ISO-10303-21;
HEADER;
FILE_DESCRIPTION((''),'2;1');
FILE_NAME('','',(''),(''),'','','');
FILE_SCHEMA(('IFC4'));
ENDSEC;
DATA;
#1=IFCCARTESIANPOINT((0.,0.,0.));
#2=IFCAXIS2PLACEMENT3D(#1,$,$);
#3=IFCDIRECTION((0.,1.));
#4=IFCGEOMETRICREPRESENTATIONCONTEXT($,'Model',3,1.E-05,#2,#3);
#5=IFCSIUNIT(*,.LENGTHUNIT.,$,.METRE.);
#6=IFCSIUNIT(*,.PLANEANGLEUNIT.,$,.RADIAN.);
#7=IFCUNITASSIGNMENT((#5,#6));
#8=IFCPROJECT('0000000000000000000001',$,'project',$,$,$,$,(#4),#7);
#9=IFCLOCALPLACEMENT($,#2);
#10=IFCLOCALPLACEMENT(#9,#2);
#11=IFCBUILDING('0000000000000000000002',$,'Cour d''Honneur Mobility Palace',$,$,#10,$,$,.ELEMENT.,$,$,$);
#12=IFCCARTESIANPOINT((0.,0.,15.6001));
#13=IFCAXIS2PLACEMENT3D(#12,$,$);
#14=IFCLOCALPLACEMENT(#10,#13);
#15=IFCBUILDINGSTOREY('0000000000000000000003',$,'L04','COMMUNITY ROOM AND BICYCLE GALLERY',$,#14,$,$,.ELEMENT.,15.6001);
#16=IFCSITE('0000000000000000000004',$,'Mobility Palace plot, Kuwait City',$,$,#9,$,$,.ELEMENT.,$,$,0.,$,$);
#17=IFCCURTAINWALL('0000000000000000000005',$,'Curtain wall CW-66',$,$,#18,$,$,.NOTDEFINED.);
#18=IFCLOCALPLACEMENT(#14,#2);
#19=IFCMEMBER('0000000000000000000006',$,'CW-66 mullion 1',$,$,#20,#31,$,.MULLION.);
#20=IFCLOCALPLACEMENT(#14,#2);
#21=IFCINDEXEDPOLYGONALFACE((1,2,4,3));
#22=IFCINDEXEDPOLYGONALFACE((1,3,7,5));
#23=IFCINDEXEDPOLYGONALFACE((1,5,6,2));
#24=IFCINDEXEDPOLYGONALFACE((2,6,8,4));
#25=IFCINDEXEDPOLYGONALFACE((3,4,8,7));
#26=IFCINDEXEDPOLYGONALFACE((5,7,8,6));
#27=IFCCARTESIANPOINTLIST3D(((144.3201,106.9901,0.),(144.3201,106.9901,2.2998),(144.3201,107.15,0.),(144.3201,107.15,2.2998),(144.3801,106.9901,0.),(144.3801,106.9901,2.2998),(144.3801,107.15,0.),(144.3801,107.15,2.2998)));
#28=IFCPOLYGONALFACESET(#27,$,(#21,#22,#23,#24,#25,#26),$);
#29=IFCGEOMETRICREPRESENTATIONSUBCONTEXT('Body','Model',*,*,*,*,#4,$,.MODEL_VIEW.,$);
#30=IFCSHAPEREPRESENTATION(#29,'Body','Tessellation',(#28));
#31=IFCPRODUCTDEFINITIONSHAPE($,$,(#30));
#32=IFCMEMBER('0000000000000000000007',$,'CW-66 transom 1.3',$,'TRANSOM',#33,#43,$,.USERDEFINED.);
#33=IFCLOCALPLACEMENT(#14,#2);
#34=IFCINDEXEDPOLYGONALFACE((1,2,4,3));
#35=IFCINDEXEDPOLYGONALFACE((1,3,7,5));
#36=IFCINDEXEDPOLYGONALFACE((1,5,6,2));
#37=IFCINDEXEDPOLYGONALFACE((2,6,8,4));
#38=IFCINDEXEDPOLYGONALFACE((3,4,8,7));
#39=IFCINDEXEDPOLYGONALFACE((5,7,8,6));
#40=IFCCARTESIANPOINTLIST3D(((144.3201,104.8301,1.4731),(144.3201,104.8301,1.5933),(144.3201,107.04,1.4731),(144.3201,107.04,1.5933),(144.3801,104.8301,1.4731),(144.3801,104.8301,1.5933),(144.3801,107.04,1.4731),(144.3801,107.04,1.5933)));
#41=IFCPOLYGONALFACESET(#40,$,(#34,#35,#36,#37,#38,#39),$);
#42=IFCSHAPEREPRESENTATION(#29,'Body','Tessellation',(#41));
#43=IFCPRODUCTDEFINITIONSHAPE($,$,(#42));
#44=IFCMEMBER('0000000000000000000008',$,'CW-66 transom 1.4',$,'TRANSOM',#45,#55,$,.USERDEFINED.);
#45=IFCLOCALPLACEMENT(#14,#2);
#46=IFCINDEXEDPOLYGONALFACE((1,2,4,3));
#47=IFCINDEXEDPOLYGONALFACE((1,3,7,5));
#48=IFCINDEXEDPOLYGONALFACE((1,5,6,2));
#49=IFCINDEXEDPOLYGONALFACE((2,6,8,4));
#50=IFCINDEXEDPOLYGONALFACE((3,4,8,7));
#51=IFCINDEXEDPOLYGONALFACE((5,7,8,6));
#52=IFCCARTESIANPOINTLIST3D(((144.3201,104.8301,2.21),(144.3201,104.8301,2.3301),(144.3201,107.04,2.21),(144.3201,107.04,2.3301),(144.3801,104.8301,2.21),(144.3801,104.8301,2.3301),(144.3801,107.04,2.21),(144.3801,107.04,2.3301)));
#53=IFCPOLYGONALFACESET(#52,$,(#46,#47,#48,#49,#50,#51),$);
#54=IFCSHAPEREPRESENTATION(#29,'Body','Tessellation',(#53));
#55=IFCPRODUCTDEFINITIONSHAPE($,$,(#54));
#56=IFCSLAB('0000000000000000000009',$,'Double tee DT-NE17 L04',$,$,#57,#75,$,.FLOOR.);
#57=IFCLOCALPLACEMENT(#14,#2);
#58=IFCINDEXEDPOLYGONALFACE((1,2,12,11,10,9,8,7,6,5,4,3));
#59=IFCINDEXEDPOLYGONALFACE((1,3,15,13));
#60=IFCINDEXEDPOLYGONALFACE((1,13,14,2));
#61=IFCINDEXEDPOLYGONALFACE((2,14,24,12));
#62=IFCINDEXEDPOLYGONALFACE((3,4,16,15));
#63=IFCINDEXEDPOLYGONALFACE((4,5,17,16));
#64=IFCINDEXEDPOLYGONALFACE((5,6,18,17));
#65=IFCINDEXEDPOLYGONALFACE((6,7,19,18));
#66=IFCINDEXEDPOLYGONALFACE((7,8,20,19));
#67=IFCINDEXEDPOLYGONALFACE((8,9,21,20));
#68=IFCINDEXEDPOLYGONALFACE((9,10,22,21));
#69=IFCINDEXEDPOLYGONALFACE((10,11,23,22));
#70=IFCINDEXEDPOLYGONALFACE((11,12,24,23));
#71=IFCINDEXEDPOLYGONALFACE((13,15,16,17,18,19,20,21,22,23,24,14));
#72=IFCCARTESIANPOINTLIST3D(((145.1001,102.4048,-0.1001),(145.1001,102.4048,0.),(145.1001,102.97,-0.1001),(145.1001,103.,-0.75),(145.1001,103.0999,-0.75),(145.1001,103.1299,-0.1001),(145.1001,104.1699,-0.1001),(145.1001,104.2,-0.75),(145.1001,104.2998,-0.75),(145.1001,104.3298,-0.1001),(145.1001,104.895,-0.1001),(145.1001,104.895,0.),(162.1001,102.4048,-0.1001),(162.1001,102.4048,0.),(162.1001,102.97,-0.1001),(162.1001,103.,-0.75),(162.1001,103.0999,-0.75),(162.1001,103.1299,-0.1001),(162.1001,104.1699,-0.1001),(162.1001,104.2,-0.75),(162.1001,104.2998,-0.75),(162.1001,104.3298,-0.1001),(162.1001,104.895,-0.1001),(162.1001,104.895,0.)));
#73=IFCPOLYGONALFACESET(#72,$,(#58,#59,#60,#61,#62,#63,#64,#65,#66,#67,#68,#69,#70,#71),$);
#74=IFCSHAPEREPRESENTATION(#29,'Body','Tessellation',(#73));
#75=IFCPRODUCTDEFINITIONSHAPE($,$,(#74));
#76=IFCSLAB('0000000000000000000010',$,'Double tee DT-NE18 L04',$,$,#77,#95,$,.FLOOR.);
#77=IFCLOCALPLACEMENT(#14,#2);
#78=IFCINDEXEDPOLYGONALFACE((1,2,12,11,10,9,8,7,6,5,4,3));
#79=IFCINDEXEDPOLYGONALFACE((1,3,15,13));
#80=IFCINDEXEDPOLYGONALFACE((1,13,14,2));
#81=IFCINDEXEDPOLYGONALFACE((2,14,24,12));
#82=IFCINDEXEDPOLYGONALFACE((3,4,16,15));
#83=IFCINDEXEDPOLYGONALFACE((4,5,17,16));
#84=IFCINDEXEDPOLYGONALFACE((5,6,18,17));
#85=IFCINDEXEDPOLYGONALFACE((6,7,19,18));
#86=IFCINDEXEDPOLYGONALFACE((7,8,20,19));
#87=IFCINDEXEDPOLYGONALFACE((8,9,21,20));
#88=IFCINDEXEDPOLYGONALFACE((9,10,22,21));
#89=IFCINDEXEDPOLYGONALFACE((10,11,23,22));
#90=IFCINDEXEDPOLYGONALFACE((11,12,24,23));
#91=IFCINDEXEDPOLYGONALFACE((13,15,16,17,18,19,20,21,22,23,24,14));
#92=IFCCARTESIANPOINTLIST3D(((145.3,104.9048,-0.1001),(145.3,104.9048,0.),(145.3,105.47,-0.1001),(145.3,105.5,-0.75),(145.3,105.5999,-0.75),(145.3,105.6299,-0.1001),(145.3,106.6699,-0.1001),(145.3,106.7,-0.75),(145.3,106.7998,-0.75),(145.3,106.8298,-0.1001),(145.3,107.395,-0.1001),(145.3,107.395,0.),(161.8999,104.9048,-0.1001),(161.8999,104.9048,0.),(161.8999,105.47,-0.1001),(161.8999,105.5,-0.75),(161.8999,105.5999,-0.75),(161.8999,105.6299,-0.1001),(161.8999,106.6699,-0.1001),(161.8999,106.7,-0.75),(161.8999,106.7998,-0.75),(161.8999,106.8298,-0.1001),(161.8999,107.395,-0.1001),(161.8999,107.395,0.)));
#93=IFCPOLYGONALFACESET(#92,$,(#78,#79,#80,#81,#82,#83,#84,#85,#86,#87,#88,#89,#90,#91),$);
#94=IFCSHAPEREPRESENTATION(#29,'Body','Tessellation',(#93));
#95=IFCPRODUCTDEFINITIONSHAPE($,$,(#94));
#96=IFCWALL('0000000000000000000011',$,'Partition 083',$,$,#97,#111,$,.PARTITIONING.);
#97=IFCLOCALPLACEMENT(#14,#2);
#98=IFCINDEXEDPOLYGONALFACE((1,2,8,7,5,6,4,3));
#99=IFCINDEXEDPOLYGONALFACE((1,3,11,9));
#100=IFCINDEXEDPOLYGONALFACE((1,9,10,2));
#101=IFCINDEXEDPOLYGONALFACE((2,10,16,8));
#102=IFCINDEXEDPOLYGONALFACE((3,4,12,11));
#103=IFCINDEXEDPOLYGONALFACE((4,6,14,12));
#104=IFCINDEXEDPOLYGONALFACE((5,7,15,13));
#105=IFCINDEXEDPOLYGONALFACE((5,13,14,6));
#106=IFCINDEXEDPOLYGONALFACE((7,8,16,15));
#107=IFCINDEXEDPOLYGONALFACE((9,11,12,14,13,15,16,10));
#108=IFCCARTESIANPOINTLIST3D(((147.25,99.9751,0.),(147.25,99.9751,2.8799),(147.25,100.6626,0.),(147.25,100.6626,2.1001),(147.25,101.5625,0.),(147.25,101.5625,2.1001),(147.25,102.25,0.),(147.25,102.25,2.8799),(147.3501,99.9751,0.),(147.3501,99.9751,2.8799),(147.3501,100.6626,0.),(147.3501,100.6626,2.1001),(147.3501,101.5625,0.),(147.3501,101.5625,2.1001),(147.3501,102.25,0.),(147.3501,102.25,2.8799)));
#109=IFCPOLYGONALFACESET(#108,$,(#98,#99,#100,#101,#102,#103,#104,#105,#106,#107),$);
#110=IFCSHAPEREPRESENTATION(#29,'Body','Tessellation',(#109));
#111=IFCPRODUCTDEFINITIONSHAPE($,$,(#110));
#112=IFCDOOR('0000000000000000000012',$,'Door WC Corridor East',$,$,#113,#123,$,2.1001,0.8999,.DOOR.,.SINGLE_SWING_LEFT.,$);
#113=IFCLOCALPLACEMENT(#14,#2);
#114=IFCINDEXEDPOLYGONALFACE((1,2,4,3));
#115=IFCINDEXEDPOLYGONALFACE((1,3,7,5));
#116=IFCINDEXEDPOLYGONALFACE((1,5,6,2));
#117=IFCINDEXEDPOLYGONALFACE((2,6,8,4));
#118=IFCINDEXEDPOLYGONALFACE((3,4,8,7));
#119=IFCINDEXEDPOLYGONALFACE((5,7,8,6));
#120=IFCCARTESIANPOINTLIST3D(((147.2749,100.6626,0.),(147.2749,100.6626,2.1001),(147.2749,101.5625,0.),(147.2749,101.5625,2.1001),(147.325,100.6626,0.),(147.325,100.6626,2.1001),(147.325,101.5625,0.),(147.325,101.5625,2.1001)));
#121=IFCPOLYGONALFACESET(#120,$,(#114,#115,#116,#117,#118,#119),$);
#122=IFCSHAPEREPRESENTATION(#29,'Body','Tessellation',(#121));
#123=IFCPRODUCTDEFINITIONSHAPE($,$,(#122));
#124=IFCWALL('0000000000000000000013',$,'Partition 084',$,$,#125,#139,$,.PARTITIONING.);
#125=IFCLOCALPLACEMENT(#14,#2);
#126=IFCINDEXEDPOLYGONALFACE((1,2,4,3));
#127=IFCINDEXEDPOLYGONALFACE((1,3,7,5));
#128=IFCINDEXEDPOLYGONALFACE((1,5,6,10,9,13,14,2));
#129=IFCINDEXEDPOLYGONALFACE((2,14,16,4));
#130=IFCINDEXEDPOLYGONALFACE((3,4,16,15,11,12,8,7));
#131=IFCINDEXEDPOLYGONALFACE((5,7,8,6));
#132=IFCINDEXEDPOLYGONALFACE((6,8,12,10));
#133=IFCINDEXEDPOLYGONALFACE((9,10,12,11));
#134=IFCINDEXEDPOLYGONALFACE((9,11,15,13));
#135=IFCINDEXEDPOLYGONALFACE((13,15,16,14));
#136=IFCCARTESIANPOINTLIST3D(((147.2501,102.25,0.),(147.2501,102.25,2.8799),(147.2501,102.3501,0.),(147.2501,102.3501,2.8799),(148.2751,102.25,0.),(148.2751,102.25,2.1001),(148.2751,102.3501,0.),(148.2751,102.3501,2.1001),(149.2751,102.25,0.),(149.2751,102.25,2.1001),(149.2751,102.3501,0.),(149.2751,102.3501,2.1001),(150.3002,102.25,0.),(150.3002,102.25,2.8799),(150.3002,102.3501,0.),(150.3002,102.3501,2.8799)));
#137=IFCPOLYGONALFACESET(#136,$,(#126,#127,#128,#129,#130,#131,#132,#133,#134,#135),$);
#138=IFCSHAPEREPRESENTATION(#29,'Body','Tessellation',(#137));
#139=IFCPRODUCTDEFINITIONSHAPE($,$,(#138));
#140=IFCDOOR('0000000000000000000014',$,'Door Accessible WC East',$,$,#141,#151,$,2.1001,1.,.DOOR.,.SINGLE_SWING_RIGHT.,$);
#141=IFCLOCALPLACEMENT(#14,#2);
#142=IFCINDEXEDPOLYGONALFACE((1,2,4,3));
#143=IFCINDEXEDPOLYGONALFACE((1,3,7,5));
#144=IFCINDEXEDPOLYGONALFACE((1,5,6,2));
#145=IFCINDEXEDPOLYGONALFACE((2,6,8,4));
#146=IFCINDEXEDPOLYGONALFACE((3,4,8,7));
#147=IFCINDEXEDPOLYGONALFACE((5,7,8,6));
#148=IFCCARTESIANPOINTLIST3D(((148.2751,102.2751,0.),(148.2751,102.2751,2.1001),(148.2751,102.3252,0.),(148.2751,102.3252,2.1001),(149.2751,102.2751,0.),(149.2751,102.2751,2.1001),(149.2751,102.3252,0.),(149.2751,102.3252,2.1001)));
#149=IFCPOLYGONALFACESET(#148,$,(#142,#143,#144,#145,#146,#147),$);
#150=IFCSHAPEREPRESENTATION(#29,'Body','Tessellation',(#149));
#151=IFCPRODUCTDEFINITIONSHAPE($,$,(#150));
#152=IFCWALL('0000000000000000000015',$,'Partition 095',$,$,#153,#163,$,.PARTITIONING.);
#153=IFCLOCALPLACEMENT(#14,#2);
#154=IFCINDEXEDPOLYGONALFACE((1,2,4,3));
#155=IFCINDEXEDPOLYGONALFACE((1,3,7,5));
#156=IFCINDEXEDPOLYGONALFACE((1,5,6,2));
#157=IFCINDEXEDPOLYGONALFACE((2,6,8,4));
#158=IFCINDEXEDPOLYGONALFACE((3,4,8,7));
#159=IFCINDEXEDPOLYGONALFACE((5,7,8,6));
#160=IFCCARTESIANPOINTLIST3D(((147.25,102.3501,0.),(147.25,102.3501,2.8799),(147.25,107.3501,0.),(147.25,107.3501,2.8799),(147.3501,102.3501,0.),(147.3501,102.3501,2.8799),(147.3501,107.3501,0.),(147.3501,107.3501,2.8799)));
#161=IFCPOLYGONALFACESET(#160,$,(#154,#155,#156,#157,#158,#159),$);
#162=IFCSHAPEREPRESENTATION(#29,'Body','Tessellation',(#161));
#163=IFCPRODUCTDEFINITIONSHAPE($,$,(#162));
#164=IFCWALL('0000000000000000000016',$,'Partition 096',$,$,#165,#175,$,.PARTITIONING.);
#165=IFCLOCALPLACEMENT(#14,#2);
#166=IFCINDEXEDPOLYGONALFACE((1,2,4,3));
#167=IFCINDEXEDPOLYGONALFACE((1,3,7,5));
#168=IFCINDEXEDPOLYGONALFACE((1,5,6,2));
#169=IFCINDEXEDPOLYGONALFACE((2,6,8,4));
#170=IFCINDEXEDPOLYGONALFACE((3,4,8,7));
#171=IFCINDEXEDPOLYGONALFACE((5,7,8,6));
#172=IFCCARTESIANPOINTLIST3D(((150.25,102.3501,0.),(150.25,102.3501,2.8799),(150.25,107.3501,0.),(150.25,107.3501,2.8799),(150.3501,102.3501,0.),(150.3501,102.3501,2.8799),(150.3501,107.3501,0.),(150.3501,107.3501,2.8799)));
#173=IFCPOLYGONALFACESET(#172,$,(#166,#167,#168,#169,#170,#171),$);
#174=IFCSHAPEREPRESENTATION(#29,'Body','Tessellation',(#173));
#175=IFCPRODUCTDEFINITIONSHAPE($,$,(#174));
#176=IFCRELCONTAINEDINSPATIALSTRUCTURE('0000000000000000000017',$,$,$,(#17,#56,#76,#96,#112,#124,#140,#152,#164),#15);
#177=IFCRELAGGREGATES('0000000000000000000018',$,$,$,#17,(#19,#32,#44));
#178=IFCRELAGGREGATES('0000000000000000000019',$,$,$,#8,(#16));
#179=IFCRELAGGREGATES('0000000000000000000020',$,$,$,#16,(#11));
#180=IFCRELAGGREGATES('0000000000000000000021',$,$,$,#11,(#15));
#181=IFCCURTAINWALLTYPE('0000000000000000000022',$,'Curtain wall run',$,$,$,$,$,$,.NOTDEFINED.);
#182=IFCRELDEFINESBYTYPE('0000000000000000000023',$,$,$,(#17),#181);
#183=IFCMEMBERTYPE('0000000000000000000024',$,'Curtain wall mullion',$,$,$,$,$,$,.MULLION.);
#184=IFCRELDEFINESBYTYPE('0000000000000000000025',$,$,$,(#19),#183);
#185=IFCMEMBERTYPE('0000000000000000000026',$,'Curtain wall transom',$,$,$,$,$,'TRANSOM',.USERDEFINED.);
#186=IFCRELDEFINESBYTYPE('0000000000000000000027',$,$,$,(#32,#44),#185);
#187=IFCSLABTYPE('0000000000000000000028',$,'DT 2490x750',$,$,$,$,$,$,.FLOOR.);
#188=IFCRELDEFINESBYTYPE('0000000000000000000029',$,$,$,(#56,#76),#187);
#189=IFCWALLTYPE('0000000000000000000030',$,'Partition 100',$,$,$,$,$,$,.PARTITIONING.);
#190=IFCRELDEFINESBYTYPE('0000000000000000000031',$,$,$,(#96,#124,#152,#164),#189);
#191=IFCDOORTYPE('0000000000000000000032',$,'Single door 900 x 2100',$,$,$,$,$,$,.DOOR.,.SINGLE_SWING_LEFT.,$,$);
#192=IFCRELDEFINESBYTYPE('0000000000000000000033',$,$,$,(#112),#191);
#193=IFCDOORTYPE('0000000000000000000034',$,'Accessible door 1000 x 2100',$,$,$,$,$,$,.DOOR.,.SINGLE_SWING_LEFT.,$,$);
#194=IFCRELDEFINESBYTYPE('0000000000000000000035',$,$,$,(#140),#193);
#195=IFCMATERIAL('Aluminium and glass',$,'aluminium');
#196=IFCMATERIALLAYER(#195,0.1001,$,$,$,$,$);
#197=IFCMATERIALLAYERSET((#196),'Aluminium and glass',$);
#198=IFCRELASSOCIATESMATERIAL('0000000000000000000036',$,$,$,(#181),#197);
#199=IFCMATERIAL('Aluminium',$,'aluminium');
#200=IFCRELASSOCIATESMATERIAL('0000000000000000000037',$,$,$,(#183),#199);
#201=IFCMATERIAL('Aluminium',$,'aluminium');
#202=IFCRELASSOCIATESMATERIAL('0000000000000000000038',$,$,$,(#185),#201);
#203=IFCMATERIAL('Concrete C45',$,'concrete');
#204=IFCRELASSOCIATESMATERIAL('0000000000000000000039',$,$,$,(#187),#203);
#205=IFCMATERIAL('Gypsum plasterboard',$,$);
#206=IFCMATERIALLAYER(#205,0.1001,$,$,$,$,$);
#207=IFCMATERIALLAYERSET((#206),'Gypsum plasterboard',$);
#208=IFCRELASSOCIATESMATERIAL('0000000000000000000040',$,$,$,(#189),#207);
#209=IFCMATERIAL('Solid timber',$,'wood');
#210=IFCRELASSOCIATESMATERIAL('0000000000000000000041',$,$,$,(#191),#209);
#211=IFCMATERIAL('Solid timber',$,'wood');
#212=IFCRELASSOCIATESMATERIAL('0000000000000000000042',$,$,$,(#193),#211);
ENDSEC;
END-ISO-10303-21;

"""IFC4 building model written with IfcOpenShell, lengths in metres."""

from ifc_helpers import new_model, si_unit, direction, frame, frame_2d, origin, origin_2d, place, context, subcontext, project, spatial, polyline, rectangle, outline, extrude, material, layer, layer_set, material_profile, profile_set, type_object, element, fill, aggregate, save


model = new_model("IFC4")

# Units and contexts
model_context = context("Model", 3, precision=1e-05, world=origin(), true_north=direction((0.0, 1.0)))
body_context = subcontext(model_context, "Body", "Model", "MODEL_VIEW")
ifc_project = project(units=[si_unit("LENGTHUNIT", "METRE"), si_unit("PLANEANGLEUNIT", "RADIAN")], contexts=[model_context])

# Site, building, storey
site_placement = place(None, origin())
site = spatial("IfcSite", under=ifc_project, at=site_placement, Name="Mobility Palace plot, Kuwait City", CompositionType="ELEMENT", RefElevation=0.0)
building_placement = place(site_placement, origin())
building = spatial("IfcBuilding", under=site, at=building_placement, Name="Cour d'Honneur Mobility Palace", CompositionType="ELEMENT")
storey_placement = place(building_placement, frame((0.0, 0.0, 15.6001)))
storey = spatial("IfcBuildingStorey", under=building, at=storey_placement, Name="L04", Description="COMMUNITY ROOM AND BICYCLE GALLERY", CompositionType="ELEMENT", Elevation=15.6001)

# Curtain wall, members
ifc_material_1 = material(Name="Aluminium and glass", Category="aluminium")
ifc_layer_1 = layer(ifc_material_1, 0.1001)
ifc_layer_set_1 = layer_set([ifc_layer_1], Name="Aluminium and glass")
curtain_wall_type = type_object("IfcCurtainWallType", Name="Curtain wall run", PredefinedType="NOTDEFINED", material=ifc_layer_set_1)
curtain_wall_placement = place(storey_placement, origin())
curtain_wall = element("IfcCurtainWall", 1, at=curtain_wall_placement, inside=storey, type_object=curtain_wall_type, Name="Curtain wall CW-66", PredefinedType="NOTDEFINED")
ifc_material_2 = material(Name="Aluminium", Category="aluminium")
ifc_material_profile_1 = material_profile(ifc_material_2, rectangle(XDim=0.0601, YDim=0.1599, at=origin_2d()), Name="Curtain wall mullion")
ifc_profile_set_1 = profile_set([ifc_material_profile_1], Name="Aluminium")
member_type_1 = type_object("IfcMemberType", Name="Curtain wall mullion", PredefinedType="MULLION", material=ifc_profile_set_1)
member_1_placement = place(storey_placement, frame((144.3501, 107.0701, 0.0), z_axis=(0.0, 0.0, 1.0), x_axis=(1.0, 0.0, 0.0)))
member_1 = element("IfcMember", 2, at=member_1_placement, type_object=member_type_1, Name="CW-66 mullion 1", PredefinedType="MULLION", context=body_context, shape_type="SweptSolid", body=[
    extrude(rectangle(XDim=0.0601, YDim=0.1599, at=origin_2d()), origin(), (0.0, 0.0, 1.0), 2.2998),
])
ifc_material_3 = material(Name="Aluminium", Category="aluminium")
ifc_material_profile_2 = material_profile(ifc_material_3, rectangle(XDim=0.0601, YDim=0.1201, at=origin_2d()), Name="Curtain wall transom")
ifc_profile_set_2 = profile_set([ifc_material_profile_2], Name="Aluminium")
member_type_2 = type_object("IfcMemberType", Name="Curtain wall transom", ElementType="TRANSOM", PredefinedType="USERDEFINED", material=ifc_profile_set_2)
member_2_placement = place(storey_placement, frame((144.3501, 107.04, 1.5332), z_axis=(0.0, -1.0, 0.0), x_axis=(1.0, 0.0, 0.0)))
member_2 = element("IfcMember", 3, at=member_2_placement, type_object=member_type_2, Name="CW-66 transom 1.3", ObjectType="TRANSOM", PredefinedType="USERDEFINED", context=body_context, shape_type="SweptSolid", body=[
    extrude(rectangle(XDim=0.0601, YDim=0.1201, at=origin_2d()), origin(), (0.0, 0.0, 1.0), 2.21),
])
member_3_placement = place(storey_placement, frame((144.3501, 107.04, 2.27), z_axis=(0.0, -1.0, 0.0), x_axis=(1.0, 0.0, 0.0)))
member_3 = element("IfcMember", 4, at=member_3_placement, type_object=member_type_2, Name="CW-66 transom 1.4", ObjectType="TRANSOM", PredefinedType="USERDEFINED", context=body_context, shape_type="SweptSolid", body=[
    extrude(rectangle(XDim=0.0601, YDim=0.1201, at=origin_2d()), origin(), (0.0, 0.0, 1.0), 2.21),
])
aggregate(curtain_wall, [member_1, member_2, member_3])

# Slabs
ifc_material_4 = material(Name="Concrete C45", Category="concrete")
ifc_material_profile_3 = material_profile(ifc_material_4, outline(polyline([(-1.2451, 0.0), (1.2451, 0.0), (1.2451, -0.1001), (0.6799, -0.1001), (0.6499, -0.75), (0.55, -0.75), (0.52, -0.1001), (-0.52, -0.1001), (-0.55, -0.75), (-0.6499, -0.75), (-0.6799, -0.1001), (-1.2451, -0.1001), (-1.2451, 0.0)])), Name="DT 2490x750")
ifc_profile_set_3 = profile_set([ifc_material_profile_3], Name="Concrete C45")
slab_type = type_object("IfcSlabType", Name="DT 2490x750", PredefinedType="FLOOR", material=ifc_profile_set_3)
slab_1_placement = place(storey_placement, frame((145.1001, 103.6499, 0.0), z_axis=(1.0, 0.0, 0.0), x_axis=(0.0, 1.0, 0.0)))
element("IfcSlab", 5, at=slab_1_placement, inside=storey, type_object=slab_type, Name="Double tee DT-NE17 L04", PredefinedType="FLOOR", context=body_context, shape_type="SweptSolid", body=[
    extrude(outline(polyline([(-1.2451, 0.0), (1.2451, 0.0), (1.2451, -0.1001), (0.6799, -0.1001), (0.6499, -0.75), (0.55, -0.75), (0.52, -0.1001), (-0.52, -0.1001), (-0.55, -0.75), (-0.6499, -0.75), (-0.6799, -0.1001), (-1.2451, -0.1001), (-1.2451, 0.0)])), origin(), (0.0, 0.0, 1.0), 17.0),
])
slab_2_placement = place(storey_placement, frame((145.3, 106.1499, 0.0), z_axis=(1.0, 0.0, 0.0), x_axis=(0.0, 1.0, 0.0)))
element("IfcSlab", 6, at=slab_2_placement, inside=storey, type_object=slab_type, Name="Double tee DT-NE18 L04", PredefinedType="FLOOR", context=body_context, shape_type="SweptSolid", body=[
    extrude(outline(polyline([(-1.2451, 0.0), (1.2451, 0.0), (1.2451, -0.1001), (0.6799, -0.1001), (0.6499, -0.75), (0.55, -0.75), (0.52, -0.1001), (-0.52, -0.1001), (-0.55, -0.75), (-0.6499, -0.75), (-0.6799, -0.1001), (-1.2451, -0.1001), (-1.2451, 0.0)])), origin(), (0.0, 0.0, 1.0), 16.5999),
])

# Walls, openings, doors
ifc_material_5 = material(Name="Gypsum plasterboard")
ifc_layer_2 = layer(ifc_material_5, 0.1001)
ifc_layer_set_2 = layer_set([ifc_layer_2], Name="Gypsum plasterboard")
wall_type = type_object("IfcWallType", Name="Partition 100", PredefinedType="PARTITIONING", material=ifc_layer_set_2)
wall_1_placement = place(storey_placement, frame((147.3, 102.25, 0.0), z_axis=(0.0, 0.0, 1.0), x_axis=(0.0, -1.0, 0.0)))
wall_1 = element("IfcWall", 7, at=wall_1_placement, inside=storey, type_object=wall_type, Name="Partition 083", PredefinedType="PARTITIONING", context=body_context, shape_type="SweptSolid", body=[
    extrude(rectangle(XDim=2.2749, YDim=0.1001, at=frame_2d((1.1375, 0.0))), origin(), (0.0, 0.0, 1.0), 2.8799),
])
opening_1_placement = place(wall_1_placement, frame((0.6875, 0.0, 0.0)))
opening_1 = element("IfcOpeningElement", 8, at=opening_1_placement, cuts=wall_1, PredefinedType="OPENING", context=body_context, shape_type="SweptSolid", body=[
    extrude(rectangle(XDim=0.8999, YDim=2.1001, at=frame_2d((0.45, 1.05))), frame((0.0, 0.0601, 0.0), z_axis=(0.0, -1.0, 0.0), x_axis=(1.0, 0.0, 0.0)), (0.0, 0.0, 1.0), 0.1201),
])
ifc_material_6 = material(Name="Solid timber", Category="wood")
door_type_1 = type_object("IfcDoorType", Name="Single door 900 x 2100", OperationType="SINGLE_SWING_LEFT", PredefinedType="DOOR", material=ifc_material_6)
door_1_placement = place(opening_1_placement, origin())
door_1 = element("IfcDoor", 9, at=door_1_placement, inside=storey, type_object=door_type_1, Name="Door WC Corridor East", OperationType="SINGLE_SWING_LEFT", OverallHeight=2.1001, OverallWidth=0.8999, PredefinedType="DOOR", context=body_context, shape_type="SweptSolid", body=[
    extrude(rectangle(XDim=0.8999, YDim=2.1001, at=frame_2d((0.45, 1.05))), frame((0.0, 0.0249, 0.0), z_axis=(0.0, -1.0, 0.0), x_axis=(1.0, 0.0, 0.0)), (0.0, 0.0, 1.0), 0.05),
])
fill(opening_1, door_1)
wall_2_placement = place(storey_placement, frame((150.3, 102.3, 0.0), z_axis=(0.0, 0.0, 1.0), x_axis=(-1.0, 0.0, 0.0)))
wall_2 = element("IfcWall", 10, at=wall_2_placement, inside=storey, type_object=wall_type, Name="Partition 084", PredefinedType="PARTITIONING", context=body_context, shape_type="SweptSolid", body=[
    extrude(rectangle(XDim=3.05, YDim=0.1001, at=frame_2d((1.5249, 0.0))), origin(), (0.0, 0.0, 1.0), 2.8799),
])
opening_2_placement = place(wall_2_placement, frame((1.0249, 0.0, 0.0)))
opening_2 = element("IfcOpeningElement", 11, at=opening_2_placement, cuts=wall_2, PredefinedType="OPENING", context=body_context, shape_type="SweptSolid", body=[
    extrude(rectangle(XDim=1.0, YDim=2.1001, at=frame_2d((0.5, 1.05))), frame((0.0, 0.0601, 0.0), z_axis=(0.0, -1.0, 0.0), x_axis=(1.0, 0.0, 0.0)), (0.0, 0.0, 1.0), 0.1201),
])
ifc_material_7 = material(Name="Solid timber", Category="wood")
door_type_2 = type_object("IfcDoorType", Name="Accessible door 1000 x 2100", OperationType="SINGLE_SWING_LEFT", PredefinedType="DOOR", material=ifc_material_7)
door_2_placement = place(opening_2_placement, origin())
door_2 = element("IfcDoor", 12, at=door_2_placement, inside=storey, type_object=door_type_2, Name="Door Accessible WC East", OperationType="SINGLE_SWING_RIGHT", OverallHeight=2.1001, OverallWidth=1.0, PredefinedType="DOOR", context=body_context, shape_type="SweptSolid", body=[
    extrude(rectangle(XDim=1.0, YDim=2.1001, at=frame_2d((0.5, 1.05))), frame((0.0, 0.0249, 0.0), z_axis=(0.0, -1.0, 0.0), x_axis=(1.0, 0.0, 0.0)), (0.0, 0.0, 1.0), 0.05),
])
fill(opening_2, door_2)

# Walls
for number, where, z_axis, x_axis, name in (
    (13, (147.3, 107.3501, 0.0), (0.0, 0.0, 1.0), (0.0, -1.0, 0.0), "Partition 095"),
    (14, (150.3, 107.3501, 0.0), (0.0, 0.0, 1.0), (0.0, -1.0, 0.0), "Partition 096"),
):
    element("IfcWall", number, at=place(storey_placement, frame(where, z_axis=z_axis, x_axis=x_axis)), inside=storey, type_object=wall_type, Name=name, PredefinedType="PARTITIONING", context=body_context, shape_type="SweptSolid", body=[
        extrude(rectangle(XDim=5.0, YDim=0.1001, at=frame_2d((2.5, 0.0))), origin(), (0.0, 0.0, 1.0), 2.8799),
    ])

save(model, "model.ifc")
